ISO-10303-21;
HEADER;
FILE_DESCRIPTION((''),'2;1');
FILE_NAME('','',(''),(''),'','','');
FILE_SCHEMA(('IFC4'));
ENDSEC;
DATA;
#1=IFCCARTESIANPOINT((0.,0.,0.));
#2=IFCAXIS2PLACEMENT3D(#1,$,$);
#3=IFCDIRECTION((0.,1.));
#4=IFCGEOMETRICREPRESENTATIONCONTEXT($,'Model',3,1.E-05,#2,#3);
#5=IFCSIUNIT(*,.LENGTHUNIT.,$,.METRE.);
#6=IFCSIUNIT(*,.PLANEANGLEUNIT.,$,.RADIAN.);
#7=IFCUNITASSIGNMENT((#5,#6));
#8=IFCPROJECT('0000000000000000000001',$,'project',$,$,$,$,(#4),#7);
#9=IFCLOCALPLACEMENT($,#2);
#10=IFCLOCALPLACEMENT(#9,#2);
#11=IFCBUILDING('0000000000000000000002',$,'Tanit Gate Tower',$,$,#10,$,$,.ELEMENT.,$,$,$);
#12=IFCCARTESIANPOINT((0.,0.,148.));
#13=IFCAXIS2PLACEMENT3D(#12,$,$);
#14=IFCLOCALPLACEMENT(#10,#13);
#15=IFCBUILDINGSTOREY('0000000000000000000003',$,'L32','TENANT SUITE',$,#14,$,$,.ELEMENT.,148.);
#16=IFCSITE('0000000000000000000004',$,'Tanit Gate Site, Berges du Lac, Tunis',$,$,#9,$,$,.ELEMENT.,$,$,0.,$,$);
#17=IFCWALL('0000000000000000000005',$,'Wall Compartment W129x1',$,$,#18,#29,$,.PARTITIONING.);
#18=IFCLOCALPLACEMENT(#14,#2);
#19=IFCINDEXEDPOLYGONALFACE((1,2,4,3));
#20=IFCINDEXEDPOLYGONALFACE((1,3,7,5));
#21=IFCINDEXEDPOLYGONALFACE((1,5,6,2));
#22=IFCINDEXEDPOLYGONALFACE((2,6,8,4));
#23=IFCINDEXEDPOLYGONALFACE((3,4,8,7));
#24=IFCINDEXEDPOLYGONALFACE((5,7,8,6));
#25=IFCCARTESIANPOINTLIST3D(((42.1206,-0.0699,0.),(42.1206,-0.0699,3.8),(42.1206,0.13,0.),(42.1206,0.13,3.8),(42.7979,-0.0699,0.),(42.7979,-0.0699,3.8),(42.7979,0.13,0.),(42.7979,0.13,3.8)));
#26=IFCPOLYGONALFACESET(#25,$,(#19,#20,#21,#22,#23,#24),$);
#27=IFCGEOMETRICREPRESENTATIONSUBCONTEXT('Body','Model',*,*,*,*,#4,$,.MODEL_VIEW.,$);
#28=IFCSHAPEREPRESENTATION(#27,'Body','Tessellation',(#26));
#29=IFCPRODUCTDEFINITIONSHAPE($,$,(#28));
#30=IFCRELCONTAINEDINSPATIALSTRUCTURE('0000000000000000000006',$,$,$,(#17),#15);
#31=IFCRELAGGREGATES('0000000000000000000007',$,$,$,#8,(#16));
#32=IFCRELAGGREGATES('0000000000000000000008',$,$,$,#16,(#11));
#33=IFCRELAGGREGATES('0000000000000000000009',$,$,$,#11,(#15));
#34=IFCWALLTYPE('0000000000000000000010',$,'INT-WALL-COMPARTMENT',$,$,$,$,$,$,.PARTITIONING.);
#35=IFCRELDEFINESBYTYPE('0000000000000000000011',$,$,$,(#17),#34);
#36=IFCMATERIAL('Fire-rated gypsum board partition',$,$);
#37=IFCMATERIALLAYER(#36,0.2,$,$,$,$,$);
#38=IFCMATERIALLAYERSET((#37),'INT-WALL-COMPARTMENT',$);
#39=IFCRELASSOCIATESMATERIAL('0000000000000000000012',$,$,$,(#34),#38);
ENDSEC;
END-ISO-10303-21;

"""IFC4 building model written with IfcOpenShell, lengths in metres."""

from ifc_helpers import new_model, si_unit, direction, frame, frame_2d, origin, place, context, subcontext, project, spatial, rectangle, extrude, material, layer, layer_set, type_object, element, save


model = new_model("IFC4")

# Units and contexts
model_context = context("Model", 3, precision=1e-05, world=origin(), true_north=direction((0.0, 1.0)))
body_context = subcontext(model_context, "Body", "Model", "MODEL_VIEW")
ifc_project = project(units=[si_unit("LENGTHUNIT", "METRE"), si_unit("PLANEANGLEUNIT", "RADIAN")], contexts=[model_context])

# Site, building, storey
site_placement = place(None, origin())
site = spatial("IfcSite", under=ifc_project, at=site_placement, Name="Tanit Gate Site, Berges du Lac, Tunis", CompositionType="ELEMENT", RefElevation=0.0)
building_placement = place(site_placement, origin())
building = spatial("IfcBuilding", under=site, at=building_placement, Name="Tanit Gate Tower", CompositionType="ELEMENT")
storey_placement = place(building_placement, frame((0.0, 0.0, 148.0)))
storey = spatial("IfcBuildingStorey", under=building, at=storey_placement, Name="L32", Description="TENANT SUITE", CompositionType="ELEMENT", Elevation=148.0)

# Wall
ifc_material_1 = material(Name="Fire-rated gypsum board partition")
ifc_layer_1 = layer(ifc_material_1, 0.2)
ifc_layer_set_1 = layer_set([ifc_layer_1], Name="INT-WALL-COMPARTMENT")
wall_type_1 = type_object("IfcWallType", Name="INT-WALL-COMPARTMENT", PredefinedType="PARTITIONING", material=ifc_layer_set_1)
wall_1_placement = place(storey_placement, frame((42.1206, 0.03, 0.0), z_axis=(0.0, 0.0, 1.0), x_axis=(1.0, 0.0, 0.0)))
element("IfcWall", 1, at=wall_1_placement, inside=storey, type_object=wall_type_1, Name="Wall Compartment W129x1", PredefinedType="PARTITIONING", context=body_context, shape_type="SweptSolid", body=[
    extrude(rectangle(XDim=0.6772, YDim=0.2, at=frame_2d((0.3386, 0.0))), origin(), (0.0, 0.0, 1.0), 3.8),
])

save(model, "model.ifc")
